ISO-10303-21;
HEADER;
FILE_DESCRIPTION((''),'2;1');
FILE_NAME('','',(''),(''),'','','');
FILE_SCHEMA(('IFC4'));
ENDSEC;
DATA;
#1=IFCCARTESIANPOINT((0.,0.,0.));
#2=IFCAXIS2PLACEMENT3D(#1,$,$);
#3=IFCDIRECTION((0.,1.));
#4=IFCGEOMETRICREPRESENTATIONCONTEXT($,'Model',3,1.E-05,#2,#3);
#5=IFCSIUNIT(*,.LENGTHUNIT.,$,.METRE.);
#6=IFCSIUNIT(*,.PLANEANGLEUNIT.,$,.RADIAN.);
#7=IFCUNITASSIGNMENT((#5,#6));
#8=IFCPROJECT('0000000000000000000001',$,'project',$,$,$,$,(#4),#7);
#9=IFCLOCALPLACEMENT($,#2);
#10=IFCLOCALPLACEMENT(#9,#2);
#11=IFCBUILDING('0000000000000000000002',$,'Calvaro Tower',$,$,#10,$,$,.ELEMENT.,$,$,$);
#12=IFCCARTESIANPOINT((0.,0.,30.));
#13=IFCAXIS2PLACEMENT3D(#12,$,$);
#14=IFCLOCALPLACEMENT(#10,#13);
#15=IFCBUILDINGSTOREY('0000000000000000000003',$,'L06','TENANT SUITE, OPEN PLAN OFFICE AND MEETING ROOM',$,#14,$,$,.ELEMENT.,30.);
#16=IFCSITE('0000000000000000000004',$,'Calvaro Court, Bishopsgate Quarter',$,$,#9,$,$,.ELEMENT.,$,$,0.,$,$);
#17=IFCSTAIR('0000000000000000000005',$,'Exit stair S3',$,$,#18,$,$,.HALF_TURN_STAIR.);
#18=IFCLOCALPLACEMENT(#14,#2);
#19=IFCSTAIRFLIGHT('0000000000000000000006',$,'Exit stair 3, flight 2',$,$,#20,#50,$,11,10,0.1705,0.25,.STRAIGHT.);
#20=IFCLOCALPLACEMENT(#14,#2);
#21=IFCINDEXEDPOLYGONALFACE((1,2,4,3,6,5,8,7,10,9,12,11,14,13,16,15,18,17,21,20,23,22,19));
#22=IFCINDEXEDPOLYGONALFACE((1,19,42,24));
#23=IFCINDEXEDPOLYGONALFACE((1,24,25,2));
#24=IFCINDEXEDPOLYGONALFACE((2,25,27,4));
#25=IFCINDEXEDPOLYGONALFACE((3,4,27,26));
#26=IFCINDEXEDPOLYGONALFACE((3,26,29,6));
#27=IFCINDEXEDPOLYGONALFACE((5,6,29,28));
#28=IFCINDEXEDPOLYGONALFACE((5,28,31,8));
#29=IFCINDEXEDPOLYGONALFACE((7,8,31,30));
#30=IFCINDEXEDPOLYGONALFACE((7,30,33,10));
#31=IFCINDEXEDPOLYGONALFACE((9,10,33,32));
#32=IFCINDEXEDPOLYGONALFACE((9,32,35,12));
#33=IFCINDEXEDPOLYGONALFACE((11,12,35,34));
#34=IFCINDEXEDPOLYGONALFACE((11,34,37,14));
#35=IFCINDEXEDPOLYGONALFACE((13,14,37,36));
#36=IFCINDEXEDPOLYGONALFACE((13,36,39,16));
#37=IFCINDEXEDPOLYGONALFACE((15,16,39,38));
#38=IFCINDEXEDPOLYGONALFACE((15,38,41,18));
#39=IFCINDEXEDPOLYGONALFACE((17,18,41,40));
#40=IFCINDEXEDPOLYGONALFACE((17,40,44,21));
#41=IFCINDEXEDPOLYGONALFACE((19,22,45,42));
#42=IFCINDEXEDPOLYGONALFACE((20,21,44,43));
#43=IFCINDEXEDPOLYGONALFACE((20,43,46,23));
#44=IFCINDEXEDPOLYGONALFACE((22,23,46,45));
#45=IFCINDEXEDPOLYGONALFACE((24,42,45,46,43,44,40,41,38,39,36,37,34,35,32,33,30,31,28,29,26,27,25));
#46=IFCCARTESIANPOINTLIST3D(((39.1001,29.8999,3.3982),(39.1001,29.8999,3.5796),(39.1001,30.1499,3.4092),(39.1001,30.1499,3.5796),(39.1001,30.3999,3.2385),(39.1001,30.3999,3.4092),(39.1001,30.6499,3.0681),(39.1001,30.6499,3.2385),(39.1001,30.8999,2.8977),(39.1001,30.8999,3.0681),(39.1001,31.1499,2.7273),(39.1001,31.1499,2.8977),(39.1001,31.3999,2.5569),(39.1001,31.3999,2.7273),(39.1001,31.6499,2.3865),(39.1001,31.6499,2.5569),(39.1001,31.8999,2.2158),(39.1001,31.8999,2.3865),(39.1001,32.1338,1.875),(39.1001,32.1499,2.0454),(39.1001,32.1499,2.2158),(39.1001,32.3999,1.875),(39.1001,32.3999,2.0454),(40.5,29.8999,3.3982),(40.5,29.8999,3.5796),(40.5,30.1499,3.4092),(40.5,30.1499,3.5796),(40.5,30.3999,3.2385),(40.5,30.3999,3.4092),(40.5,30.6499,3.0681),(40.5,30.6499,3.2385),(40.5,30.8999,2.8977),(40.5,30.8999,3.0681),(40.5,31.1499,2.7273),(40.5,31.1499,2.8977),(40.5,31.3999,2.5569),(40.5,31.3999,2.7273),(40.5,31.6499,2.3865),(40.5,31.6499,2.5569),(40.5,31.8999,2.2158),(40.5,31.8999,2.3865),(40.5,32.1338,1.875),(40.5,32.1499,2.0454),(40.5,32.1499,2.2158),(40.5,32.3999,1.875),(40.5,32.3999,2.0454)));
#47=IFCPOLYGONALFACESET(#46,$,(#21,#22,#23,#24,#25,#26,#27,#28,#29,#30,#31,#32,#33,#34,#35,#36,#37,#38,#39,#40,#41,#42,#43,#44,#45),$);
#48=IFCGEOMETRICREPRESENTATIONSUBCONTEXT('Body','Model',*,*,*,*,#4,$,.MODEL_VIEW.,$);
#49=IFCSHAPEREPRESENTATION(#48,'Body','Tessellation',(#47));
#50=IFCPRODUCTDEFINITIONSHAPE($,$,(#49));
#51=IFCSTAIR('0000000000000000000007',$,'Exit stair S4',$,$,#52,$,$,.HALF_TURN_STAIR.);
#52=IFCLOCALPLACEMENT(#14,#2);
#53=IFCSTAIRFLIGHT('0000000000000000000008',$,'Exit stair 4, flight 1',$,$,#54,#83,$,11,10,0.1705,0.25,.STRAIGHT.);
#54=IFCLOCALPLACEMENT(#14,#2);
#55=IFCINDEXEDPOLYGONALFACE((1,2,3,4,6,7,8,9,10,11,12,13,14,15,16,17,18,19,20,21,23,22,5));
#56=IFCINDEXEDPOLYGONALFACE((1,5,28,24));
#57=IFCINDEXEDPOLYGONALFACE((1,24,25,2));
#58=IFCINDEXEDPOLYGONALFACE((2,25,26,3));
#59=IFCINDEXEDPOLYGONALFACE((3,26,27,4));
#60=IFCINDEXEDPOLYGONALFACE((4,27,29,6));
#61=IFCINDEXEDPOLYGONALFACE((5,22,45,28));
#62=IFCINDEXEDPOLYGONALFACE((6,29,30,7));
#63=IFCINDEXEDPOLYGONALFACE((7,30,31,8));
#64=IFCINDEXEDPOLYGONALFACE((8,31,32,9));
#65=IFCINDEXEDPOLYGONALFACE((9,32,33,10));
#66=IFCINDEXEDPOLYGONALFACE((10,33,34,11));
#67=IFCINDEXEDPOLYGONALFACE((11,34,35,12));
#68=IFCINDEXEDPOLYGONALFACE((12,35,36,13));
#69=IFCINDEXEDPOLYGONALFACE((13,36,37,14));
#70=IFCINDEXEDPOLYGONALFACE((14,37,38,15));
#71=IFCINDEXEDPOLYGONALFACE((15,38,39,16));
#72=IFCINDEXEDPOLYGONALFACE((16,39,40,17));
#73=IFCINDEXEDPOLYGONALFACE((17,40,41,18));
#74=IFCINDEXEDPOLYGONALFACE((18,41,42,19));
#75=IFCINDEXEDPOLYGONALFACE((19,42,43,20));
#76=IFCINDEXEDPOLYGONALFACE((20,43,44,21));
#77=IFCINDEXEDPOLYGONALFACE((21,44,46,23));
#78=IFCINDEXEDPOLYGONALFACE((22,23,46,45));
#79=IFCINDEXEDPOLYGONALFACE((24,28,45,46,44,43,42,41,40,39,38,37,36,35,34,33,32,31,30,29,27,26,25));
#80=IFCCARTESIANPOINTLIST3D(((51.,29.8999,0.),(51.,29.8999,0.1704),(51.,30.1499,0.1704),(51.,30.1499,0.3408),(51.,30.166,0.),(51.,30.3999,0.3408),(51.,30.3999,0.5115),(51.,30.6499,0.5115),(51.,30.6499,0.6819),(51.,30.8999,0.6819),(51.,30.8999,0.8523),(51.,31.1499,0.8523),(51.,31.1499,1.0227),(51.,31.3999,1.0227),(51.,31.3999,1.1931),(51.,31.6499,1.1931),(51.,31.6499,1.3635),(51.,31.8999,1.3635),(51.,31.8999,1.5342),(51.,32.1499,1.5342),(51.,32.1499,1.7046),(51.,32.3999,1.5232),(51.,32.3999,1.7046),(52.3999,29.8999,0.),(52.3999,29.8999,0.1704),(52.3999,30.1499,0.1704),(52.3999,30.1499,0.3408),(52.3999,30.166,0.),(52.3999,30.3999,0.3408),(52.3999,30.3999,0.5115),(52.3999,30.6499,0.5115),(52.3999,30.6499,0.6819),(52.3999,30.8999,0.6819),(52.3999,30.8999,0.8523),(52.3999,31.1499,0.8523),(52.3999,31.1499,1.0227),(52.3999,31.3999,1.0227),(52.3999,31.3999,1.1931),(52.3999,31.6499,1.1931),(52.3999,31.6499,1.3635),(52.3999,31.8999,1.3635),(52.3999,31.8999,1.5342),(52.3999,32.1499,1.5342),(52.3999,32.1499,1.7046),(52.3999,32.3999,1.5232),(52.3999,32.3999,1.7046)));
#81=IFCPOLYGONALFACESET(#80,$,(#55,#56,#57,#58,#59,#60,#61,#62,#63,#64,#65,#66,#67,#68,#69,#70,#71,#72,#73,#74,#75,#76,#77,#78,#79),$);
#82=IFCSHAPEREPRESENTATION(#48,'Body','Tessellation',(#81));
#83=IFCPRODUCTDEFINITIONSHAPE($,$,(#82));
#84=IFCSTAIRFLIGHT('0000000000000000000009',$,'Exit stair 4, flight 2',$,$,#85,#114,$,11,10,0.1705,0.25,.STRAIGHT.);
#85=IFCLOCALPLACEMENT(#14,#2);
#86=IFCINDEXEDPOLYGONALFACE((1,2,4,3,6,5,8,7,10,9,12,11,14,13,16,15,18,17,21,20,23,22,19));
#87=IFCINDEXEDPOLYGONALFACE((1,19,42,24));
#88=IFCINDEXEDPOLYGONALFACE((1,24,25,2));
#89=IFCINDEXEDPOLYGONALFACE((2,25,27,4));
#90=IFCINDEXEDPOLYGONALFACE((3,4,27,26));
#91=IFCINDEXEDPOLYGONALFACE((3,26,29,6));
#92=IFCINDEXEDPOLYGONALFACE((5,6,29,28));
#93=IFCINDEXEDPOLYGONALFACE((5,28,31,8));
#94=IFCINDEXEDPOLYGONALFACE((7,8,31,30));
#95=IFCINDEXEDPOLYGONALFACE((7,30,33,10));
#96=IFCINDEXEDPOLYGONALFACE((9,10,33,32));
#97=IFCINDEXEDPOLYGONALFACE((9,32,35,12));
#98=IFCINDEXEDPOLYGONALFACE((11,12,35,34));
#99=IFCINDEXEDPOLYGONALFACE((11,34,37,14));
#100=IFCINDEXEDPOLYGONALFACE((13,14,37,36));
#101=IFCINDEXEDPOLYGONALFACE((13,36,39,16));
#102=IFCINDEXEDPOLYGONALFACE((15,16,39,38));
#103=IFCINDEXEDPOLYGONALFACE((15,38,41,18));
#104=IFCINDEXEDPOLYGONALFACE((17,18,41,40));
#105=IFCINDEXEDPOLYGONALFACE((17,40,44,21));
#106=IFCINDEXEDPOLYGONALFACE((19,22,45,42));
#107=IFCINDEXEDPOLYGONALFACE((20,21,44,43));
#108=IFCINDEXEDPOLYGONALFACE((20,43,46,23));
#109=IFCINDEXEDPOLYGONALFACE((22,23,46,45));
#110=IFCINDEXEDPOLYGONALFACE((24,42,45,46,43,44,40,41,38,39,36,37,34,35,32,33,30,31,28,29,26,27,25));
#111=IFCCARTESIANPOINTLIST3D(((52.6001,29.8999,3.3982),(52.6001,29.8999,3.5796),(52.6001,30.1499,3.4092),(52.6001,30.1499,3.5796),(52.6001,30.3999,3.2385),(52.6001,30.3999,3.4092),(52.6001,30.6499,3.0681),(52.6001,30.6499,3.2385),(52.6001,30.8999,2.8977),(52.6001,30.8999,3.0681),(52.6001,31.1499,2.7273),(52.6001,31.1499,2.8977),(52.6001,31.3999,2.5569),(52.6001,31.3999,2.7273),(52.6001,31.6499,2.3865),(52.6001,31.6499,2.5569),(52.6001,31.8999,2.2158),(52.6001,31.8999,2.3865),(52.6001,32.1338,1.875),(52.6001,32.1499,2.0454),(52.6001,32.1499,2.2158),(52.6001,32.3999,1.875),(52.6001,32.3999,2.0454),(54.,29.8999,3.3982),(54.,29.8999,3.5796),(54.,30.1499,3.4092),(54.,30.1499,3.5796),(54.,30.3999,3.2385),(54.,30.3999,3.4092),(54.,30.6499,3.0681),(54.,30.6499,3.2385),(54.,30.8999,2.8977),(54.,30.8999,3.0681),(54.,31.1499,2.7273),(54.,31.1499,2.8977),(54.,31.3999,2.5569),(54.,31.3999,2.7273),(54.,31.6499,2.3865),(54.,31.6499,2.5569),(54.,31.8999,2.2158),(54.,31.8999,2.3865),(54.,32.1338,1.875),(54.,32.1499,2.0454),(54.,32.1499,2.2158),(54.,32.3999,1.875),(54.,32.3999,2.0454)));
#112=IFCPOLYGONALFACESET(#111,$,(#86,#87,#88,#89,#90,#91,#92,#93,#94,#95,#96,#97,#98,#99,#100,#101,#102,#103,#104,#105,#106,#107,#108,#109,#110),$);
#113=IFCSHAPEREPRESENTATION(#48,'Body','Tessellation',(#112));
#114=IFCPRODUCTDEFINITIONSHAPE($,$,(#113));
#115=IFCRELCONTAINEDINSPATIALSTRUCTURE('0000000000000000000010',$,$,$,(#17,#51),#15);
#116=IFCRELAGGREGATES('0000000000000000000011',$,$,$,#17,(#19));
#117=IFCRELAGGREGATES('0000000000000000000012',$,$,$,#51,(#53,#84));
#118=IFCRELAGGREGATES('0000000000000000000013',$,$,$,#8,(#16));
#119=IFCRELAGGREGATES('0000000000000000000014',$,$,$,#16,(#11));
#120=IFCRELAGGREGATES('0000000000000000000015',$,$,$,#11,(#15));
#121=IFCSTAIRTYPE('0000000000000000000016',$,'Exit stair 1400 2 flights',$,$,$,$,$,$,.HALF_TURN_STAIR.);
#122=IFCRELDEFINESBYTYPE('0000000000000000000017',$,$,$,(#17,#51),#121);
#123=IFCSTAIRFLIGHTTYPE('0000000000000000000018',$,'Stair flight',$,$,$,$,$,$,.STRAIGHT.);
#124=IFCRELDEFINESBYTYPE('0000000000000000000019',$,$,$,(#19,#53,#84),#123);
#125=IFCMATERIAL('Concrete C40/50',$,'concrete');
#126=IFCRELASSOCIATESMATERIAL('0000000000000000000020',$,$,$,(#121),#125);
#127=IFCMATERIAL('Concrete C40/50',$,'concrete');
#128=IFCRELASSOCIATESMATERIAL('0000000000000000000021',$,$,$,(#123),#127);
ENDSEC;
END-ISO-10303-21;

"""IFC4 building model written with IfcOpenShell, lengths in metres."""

from ifc_helpers import new_model, si_unit, direction, frame, origin, place, context, subcontext, project, spatial, polyline, outline, extrude, material, type_object, element, aggregate, save


model = new_model("IFC4")

# Units and contexts
model_context = context("Model", 3, precision=1e-05, world=origin(), true_north=direction((0.0, 1.0)))
body_context = subcontext(model_context, "Body", "Model", "MODEL_VIEW")
ifc_project = project(units=[si_unit("LENGTHUNIT", "METRE"), si_unit("PLANEANGLEUNIT", "RADIAN")], contexts=[model_context])

# Site, building, storey
site_placement = place(None, origin())
site = spatial("IfcSite", under=ifc_project, at=site_placement, Name="Calvaro Court, Bishopsgate Quarter", CompositionType="ELEMENT", RefElevation=0.0)
building_placement = place(site_placement, origin())
building = spatial("IfcBuilding", under=site, at=building_placement, Name="Calvaro Tower", CompositionType="ELEMENT")
storey_placement = place(building_placement, frame((0.0, 0.0, 30.0)))
storey = spatial("IfcBuildingStorey", under=building, at=storey_placement, Name="L06", Description="TENANT SUITE, OPEN PLAN OFFICE AND MEETING ROOM", CompositionType="ELEMENT", Elevation=30.0)

# Stair, stair flight
ifc_material_1 = material(Name="Concrete C40/50", Category="concrete")
stair_type = type_object("IfcStairType", Name="Exit stair 1400 2 flights", PredefinedType="HALF_TURN_STAIR", material=ifc_material_1)
stair_1_placement = place(storey_placement, origin())
stair_1 = element("IfcStair", 1, at=stair_1_placement, inside=storey, type_object=stair_type, Name="Exit stair S3", PredefinedType="HALF_TURN_STAIR")
ifc_material_2 = material(Name="Concrete C40/50", Category="concrete")
stair_flight_type = type_object("IfcStairFlightType", Name="Stair flight", PredefinedType="STRAIGHT", material=ifc_material_2)
stair_flight_1_placement = place(storey_placement, frame((39.8, 32.3999, 1.875), z_axis=(0.0, 0.0, 1.0), x_axis=(0.0, -1.0, 0.0)))
stair_flight_1 = element("IfcStairFlight", 2, at=stair_flight_1_placement, type_object=stair_flight_type, Name="Exit stair 3, flight 2", NumberOfRisers=11, NumberOfTreads=10, PredefinedType="STRAIGHT", RiserHeight=0.1705, TreadLength=0.25, context=body_context, shape_type="SweptSolid", body=[
    extrude(outline(polyline([(0.0, 0.0), (0.0, 0.1704), (0.25, 0.1704), (0.25, 0.3408), (0.5, 0.3408), (0.5, 0.5115), (0.75, 0.5115), (0.75, 0.6819), (1.0, 0.6819), (1.0, 0.8523), (1.25, 0.8523), (1.25, 1.0227), (1.5, 1.0227), (1.5, 1.1931), (1.75, 1.1931), (1.75, 1.3635), (2.0, 1.3635), (2.0, 1.5342), (2.25, 1.5342), (2.25, 1.7046), (2.5, 1.7046), (2.5, 1.875), (2.5, 1.5232), (0.2661, 0.0), (0.0, 0.0)])), frame((0.0, 0.7, 0.0), z_axis=(0.0, -1.0, 0.0), x_axis=(1.0, 0.0, 0.0)), (0.0, 0.0, 1.0), 1.3999),
])

# Stair, stair flights
stair_2_placement = place(storey_placement, origin())
stair_2 = element("IfcStair", 3, at=stair_2_placement, inside=storey, type_object=stair_type, Name="Exit stair S4", PredefinedType="HALF_TURN_STAIR")
stair_flight_2_placement = place(storey_placement, frame((51.7, 29.8999, 0.0), z_axis=(0.0, 0.0, 1.0), x_axis=(0.0, 1.0, 0.0)))
stair_flight_2 = element("IfcStairFlight", 4, at=stair_flight_2_placement, type_object=stair_flight_type, Name="Exit stair 4, flight 1", NumberOfRisers=11, NumberOfTreads=10, PredefinedType="STRAIGHT", RiserHeight=0.1705, TreadLength=0.25, context=body_context, shape_type="SweptSolid", body=[
    extrude(outline(polyline([(0.0, 0.0), (0.0, 0.1704), (0.25, 0.1704), (0.25, 0.3408), (0.5, 0.3408), (0.5, 0.5115), (0.75, 0.5115), (0.75, 0.6819), (1.0, 0.6819), (1.0, 0.8523), (1.25, 0.8523), (1.25, 1.0227), (1.5, 1.0227), (1.5, 1.1931), (1.75, 1.1931), (1.75, 1.3635), (2.0, 1.3635), (2.0, 1.5342), (2.25, 1.5342), (2.25, 1.7046), (2.5, 1.7046), (2.5, 1.875), (2.5, 1.5232), (0.2661, 0.0), (0.0, 0.0)])), frame((0.0, 0.7, 0.0), z_axis=(0.0, -1.0, 0.0), x_axis=(1.0, 0.0, 0.0)), (0.0, 0.0, 1.0), 1.3999),
])
stair_flight_3_placement = place(storey_placement, frame((53.3, 32.3999, 1.875), z_axis=(0.0, 0.0, 1.0), x_axis=(0.0, -1.0, 0.0)))
stair_flight_3 = element("IfcStairFlight", 5, at=stair_flight_3_placement, type_object=stair_flight_type, Name="Exit stair 4, flight 2", NumberOfRisers=11, NumberOfTreads=10, PredefinedType="STRAIGHT", RiserHeight=0.1705, TreadLength=0.25, context=body_context, shape_type="SweptSolid", body=[
    extrude(outline(polyline([(0.0, 0.0), (0.0, 0.1704), (0.25, 0.1704), (0.25, 0.3408), (0.5, 0.3408), (0.5, 0.5115), (0.75, 0.5115), (0.75, 0.6819), (1.0, 0.6819), (1.0, 0.8523), (1.25, 0.8523), (1.25, 1.0227), (1.5, 1.0227), (1.5, 1.1931), (1.75, 1.1931), (1.75, 1.3635), (2.0, 1.3635), (2.0, 1.5342), (2.25, 1.5342), (2.25, 1.7046), (2.5, 1.7046), (2.5, 1.875), (2.5, 1.5232), (0.2661, 0.0), (0.0, 0.0)])), frame((0.0, 0.7, 0.0), z_axis=(0.0, -1.0, 0.0), x_axis=(1.0, 0.0, 0.0)), (0.0, 0.0, 1.0), 1.3999),
])

aggregate(stair_1, [stair_flight_1])
aggregate(stair_2, [stair_flight_2, stair_flight_3])

save(model, "model.ifc")
